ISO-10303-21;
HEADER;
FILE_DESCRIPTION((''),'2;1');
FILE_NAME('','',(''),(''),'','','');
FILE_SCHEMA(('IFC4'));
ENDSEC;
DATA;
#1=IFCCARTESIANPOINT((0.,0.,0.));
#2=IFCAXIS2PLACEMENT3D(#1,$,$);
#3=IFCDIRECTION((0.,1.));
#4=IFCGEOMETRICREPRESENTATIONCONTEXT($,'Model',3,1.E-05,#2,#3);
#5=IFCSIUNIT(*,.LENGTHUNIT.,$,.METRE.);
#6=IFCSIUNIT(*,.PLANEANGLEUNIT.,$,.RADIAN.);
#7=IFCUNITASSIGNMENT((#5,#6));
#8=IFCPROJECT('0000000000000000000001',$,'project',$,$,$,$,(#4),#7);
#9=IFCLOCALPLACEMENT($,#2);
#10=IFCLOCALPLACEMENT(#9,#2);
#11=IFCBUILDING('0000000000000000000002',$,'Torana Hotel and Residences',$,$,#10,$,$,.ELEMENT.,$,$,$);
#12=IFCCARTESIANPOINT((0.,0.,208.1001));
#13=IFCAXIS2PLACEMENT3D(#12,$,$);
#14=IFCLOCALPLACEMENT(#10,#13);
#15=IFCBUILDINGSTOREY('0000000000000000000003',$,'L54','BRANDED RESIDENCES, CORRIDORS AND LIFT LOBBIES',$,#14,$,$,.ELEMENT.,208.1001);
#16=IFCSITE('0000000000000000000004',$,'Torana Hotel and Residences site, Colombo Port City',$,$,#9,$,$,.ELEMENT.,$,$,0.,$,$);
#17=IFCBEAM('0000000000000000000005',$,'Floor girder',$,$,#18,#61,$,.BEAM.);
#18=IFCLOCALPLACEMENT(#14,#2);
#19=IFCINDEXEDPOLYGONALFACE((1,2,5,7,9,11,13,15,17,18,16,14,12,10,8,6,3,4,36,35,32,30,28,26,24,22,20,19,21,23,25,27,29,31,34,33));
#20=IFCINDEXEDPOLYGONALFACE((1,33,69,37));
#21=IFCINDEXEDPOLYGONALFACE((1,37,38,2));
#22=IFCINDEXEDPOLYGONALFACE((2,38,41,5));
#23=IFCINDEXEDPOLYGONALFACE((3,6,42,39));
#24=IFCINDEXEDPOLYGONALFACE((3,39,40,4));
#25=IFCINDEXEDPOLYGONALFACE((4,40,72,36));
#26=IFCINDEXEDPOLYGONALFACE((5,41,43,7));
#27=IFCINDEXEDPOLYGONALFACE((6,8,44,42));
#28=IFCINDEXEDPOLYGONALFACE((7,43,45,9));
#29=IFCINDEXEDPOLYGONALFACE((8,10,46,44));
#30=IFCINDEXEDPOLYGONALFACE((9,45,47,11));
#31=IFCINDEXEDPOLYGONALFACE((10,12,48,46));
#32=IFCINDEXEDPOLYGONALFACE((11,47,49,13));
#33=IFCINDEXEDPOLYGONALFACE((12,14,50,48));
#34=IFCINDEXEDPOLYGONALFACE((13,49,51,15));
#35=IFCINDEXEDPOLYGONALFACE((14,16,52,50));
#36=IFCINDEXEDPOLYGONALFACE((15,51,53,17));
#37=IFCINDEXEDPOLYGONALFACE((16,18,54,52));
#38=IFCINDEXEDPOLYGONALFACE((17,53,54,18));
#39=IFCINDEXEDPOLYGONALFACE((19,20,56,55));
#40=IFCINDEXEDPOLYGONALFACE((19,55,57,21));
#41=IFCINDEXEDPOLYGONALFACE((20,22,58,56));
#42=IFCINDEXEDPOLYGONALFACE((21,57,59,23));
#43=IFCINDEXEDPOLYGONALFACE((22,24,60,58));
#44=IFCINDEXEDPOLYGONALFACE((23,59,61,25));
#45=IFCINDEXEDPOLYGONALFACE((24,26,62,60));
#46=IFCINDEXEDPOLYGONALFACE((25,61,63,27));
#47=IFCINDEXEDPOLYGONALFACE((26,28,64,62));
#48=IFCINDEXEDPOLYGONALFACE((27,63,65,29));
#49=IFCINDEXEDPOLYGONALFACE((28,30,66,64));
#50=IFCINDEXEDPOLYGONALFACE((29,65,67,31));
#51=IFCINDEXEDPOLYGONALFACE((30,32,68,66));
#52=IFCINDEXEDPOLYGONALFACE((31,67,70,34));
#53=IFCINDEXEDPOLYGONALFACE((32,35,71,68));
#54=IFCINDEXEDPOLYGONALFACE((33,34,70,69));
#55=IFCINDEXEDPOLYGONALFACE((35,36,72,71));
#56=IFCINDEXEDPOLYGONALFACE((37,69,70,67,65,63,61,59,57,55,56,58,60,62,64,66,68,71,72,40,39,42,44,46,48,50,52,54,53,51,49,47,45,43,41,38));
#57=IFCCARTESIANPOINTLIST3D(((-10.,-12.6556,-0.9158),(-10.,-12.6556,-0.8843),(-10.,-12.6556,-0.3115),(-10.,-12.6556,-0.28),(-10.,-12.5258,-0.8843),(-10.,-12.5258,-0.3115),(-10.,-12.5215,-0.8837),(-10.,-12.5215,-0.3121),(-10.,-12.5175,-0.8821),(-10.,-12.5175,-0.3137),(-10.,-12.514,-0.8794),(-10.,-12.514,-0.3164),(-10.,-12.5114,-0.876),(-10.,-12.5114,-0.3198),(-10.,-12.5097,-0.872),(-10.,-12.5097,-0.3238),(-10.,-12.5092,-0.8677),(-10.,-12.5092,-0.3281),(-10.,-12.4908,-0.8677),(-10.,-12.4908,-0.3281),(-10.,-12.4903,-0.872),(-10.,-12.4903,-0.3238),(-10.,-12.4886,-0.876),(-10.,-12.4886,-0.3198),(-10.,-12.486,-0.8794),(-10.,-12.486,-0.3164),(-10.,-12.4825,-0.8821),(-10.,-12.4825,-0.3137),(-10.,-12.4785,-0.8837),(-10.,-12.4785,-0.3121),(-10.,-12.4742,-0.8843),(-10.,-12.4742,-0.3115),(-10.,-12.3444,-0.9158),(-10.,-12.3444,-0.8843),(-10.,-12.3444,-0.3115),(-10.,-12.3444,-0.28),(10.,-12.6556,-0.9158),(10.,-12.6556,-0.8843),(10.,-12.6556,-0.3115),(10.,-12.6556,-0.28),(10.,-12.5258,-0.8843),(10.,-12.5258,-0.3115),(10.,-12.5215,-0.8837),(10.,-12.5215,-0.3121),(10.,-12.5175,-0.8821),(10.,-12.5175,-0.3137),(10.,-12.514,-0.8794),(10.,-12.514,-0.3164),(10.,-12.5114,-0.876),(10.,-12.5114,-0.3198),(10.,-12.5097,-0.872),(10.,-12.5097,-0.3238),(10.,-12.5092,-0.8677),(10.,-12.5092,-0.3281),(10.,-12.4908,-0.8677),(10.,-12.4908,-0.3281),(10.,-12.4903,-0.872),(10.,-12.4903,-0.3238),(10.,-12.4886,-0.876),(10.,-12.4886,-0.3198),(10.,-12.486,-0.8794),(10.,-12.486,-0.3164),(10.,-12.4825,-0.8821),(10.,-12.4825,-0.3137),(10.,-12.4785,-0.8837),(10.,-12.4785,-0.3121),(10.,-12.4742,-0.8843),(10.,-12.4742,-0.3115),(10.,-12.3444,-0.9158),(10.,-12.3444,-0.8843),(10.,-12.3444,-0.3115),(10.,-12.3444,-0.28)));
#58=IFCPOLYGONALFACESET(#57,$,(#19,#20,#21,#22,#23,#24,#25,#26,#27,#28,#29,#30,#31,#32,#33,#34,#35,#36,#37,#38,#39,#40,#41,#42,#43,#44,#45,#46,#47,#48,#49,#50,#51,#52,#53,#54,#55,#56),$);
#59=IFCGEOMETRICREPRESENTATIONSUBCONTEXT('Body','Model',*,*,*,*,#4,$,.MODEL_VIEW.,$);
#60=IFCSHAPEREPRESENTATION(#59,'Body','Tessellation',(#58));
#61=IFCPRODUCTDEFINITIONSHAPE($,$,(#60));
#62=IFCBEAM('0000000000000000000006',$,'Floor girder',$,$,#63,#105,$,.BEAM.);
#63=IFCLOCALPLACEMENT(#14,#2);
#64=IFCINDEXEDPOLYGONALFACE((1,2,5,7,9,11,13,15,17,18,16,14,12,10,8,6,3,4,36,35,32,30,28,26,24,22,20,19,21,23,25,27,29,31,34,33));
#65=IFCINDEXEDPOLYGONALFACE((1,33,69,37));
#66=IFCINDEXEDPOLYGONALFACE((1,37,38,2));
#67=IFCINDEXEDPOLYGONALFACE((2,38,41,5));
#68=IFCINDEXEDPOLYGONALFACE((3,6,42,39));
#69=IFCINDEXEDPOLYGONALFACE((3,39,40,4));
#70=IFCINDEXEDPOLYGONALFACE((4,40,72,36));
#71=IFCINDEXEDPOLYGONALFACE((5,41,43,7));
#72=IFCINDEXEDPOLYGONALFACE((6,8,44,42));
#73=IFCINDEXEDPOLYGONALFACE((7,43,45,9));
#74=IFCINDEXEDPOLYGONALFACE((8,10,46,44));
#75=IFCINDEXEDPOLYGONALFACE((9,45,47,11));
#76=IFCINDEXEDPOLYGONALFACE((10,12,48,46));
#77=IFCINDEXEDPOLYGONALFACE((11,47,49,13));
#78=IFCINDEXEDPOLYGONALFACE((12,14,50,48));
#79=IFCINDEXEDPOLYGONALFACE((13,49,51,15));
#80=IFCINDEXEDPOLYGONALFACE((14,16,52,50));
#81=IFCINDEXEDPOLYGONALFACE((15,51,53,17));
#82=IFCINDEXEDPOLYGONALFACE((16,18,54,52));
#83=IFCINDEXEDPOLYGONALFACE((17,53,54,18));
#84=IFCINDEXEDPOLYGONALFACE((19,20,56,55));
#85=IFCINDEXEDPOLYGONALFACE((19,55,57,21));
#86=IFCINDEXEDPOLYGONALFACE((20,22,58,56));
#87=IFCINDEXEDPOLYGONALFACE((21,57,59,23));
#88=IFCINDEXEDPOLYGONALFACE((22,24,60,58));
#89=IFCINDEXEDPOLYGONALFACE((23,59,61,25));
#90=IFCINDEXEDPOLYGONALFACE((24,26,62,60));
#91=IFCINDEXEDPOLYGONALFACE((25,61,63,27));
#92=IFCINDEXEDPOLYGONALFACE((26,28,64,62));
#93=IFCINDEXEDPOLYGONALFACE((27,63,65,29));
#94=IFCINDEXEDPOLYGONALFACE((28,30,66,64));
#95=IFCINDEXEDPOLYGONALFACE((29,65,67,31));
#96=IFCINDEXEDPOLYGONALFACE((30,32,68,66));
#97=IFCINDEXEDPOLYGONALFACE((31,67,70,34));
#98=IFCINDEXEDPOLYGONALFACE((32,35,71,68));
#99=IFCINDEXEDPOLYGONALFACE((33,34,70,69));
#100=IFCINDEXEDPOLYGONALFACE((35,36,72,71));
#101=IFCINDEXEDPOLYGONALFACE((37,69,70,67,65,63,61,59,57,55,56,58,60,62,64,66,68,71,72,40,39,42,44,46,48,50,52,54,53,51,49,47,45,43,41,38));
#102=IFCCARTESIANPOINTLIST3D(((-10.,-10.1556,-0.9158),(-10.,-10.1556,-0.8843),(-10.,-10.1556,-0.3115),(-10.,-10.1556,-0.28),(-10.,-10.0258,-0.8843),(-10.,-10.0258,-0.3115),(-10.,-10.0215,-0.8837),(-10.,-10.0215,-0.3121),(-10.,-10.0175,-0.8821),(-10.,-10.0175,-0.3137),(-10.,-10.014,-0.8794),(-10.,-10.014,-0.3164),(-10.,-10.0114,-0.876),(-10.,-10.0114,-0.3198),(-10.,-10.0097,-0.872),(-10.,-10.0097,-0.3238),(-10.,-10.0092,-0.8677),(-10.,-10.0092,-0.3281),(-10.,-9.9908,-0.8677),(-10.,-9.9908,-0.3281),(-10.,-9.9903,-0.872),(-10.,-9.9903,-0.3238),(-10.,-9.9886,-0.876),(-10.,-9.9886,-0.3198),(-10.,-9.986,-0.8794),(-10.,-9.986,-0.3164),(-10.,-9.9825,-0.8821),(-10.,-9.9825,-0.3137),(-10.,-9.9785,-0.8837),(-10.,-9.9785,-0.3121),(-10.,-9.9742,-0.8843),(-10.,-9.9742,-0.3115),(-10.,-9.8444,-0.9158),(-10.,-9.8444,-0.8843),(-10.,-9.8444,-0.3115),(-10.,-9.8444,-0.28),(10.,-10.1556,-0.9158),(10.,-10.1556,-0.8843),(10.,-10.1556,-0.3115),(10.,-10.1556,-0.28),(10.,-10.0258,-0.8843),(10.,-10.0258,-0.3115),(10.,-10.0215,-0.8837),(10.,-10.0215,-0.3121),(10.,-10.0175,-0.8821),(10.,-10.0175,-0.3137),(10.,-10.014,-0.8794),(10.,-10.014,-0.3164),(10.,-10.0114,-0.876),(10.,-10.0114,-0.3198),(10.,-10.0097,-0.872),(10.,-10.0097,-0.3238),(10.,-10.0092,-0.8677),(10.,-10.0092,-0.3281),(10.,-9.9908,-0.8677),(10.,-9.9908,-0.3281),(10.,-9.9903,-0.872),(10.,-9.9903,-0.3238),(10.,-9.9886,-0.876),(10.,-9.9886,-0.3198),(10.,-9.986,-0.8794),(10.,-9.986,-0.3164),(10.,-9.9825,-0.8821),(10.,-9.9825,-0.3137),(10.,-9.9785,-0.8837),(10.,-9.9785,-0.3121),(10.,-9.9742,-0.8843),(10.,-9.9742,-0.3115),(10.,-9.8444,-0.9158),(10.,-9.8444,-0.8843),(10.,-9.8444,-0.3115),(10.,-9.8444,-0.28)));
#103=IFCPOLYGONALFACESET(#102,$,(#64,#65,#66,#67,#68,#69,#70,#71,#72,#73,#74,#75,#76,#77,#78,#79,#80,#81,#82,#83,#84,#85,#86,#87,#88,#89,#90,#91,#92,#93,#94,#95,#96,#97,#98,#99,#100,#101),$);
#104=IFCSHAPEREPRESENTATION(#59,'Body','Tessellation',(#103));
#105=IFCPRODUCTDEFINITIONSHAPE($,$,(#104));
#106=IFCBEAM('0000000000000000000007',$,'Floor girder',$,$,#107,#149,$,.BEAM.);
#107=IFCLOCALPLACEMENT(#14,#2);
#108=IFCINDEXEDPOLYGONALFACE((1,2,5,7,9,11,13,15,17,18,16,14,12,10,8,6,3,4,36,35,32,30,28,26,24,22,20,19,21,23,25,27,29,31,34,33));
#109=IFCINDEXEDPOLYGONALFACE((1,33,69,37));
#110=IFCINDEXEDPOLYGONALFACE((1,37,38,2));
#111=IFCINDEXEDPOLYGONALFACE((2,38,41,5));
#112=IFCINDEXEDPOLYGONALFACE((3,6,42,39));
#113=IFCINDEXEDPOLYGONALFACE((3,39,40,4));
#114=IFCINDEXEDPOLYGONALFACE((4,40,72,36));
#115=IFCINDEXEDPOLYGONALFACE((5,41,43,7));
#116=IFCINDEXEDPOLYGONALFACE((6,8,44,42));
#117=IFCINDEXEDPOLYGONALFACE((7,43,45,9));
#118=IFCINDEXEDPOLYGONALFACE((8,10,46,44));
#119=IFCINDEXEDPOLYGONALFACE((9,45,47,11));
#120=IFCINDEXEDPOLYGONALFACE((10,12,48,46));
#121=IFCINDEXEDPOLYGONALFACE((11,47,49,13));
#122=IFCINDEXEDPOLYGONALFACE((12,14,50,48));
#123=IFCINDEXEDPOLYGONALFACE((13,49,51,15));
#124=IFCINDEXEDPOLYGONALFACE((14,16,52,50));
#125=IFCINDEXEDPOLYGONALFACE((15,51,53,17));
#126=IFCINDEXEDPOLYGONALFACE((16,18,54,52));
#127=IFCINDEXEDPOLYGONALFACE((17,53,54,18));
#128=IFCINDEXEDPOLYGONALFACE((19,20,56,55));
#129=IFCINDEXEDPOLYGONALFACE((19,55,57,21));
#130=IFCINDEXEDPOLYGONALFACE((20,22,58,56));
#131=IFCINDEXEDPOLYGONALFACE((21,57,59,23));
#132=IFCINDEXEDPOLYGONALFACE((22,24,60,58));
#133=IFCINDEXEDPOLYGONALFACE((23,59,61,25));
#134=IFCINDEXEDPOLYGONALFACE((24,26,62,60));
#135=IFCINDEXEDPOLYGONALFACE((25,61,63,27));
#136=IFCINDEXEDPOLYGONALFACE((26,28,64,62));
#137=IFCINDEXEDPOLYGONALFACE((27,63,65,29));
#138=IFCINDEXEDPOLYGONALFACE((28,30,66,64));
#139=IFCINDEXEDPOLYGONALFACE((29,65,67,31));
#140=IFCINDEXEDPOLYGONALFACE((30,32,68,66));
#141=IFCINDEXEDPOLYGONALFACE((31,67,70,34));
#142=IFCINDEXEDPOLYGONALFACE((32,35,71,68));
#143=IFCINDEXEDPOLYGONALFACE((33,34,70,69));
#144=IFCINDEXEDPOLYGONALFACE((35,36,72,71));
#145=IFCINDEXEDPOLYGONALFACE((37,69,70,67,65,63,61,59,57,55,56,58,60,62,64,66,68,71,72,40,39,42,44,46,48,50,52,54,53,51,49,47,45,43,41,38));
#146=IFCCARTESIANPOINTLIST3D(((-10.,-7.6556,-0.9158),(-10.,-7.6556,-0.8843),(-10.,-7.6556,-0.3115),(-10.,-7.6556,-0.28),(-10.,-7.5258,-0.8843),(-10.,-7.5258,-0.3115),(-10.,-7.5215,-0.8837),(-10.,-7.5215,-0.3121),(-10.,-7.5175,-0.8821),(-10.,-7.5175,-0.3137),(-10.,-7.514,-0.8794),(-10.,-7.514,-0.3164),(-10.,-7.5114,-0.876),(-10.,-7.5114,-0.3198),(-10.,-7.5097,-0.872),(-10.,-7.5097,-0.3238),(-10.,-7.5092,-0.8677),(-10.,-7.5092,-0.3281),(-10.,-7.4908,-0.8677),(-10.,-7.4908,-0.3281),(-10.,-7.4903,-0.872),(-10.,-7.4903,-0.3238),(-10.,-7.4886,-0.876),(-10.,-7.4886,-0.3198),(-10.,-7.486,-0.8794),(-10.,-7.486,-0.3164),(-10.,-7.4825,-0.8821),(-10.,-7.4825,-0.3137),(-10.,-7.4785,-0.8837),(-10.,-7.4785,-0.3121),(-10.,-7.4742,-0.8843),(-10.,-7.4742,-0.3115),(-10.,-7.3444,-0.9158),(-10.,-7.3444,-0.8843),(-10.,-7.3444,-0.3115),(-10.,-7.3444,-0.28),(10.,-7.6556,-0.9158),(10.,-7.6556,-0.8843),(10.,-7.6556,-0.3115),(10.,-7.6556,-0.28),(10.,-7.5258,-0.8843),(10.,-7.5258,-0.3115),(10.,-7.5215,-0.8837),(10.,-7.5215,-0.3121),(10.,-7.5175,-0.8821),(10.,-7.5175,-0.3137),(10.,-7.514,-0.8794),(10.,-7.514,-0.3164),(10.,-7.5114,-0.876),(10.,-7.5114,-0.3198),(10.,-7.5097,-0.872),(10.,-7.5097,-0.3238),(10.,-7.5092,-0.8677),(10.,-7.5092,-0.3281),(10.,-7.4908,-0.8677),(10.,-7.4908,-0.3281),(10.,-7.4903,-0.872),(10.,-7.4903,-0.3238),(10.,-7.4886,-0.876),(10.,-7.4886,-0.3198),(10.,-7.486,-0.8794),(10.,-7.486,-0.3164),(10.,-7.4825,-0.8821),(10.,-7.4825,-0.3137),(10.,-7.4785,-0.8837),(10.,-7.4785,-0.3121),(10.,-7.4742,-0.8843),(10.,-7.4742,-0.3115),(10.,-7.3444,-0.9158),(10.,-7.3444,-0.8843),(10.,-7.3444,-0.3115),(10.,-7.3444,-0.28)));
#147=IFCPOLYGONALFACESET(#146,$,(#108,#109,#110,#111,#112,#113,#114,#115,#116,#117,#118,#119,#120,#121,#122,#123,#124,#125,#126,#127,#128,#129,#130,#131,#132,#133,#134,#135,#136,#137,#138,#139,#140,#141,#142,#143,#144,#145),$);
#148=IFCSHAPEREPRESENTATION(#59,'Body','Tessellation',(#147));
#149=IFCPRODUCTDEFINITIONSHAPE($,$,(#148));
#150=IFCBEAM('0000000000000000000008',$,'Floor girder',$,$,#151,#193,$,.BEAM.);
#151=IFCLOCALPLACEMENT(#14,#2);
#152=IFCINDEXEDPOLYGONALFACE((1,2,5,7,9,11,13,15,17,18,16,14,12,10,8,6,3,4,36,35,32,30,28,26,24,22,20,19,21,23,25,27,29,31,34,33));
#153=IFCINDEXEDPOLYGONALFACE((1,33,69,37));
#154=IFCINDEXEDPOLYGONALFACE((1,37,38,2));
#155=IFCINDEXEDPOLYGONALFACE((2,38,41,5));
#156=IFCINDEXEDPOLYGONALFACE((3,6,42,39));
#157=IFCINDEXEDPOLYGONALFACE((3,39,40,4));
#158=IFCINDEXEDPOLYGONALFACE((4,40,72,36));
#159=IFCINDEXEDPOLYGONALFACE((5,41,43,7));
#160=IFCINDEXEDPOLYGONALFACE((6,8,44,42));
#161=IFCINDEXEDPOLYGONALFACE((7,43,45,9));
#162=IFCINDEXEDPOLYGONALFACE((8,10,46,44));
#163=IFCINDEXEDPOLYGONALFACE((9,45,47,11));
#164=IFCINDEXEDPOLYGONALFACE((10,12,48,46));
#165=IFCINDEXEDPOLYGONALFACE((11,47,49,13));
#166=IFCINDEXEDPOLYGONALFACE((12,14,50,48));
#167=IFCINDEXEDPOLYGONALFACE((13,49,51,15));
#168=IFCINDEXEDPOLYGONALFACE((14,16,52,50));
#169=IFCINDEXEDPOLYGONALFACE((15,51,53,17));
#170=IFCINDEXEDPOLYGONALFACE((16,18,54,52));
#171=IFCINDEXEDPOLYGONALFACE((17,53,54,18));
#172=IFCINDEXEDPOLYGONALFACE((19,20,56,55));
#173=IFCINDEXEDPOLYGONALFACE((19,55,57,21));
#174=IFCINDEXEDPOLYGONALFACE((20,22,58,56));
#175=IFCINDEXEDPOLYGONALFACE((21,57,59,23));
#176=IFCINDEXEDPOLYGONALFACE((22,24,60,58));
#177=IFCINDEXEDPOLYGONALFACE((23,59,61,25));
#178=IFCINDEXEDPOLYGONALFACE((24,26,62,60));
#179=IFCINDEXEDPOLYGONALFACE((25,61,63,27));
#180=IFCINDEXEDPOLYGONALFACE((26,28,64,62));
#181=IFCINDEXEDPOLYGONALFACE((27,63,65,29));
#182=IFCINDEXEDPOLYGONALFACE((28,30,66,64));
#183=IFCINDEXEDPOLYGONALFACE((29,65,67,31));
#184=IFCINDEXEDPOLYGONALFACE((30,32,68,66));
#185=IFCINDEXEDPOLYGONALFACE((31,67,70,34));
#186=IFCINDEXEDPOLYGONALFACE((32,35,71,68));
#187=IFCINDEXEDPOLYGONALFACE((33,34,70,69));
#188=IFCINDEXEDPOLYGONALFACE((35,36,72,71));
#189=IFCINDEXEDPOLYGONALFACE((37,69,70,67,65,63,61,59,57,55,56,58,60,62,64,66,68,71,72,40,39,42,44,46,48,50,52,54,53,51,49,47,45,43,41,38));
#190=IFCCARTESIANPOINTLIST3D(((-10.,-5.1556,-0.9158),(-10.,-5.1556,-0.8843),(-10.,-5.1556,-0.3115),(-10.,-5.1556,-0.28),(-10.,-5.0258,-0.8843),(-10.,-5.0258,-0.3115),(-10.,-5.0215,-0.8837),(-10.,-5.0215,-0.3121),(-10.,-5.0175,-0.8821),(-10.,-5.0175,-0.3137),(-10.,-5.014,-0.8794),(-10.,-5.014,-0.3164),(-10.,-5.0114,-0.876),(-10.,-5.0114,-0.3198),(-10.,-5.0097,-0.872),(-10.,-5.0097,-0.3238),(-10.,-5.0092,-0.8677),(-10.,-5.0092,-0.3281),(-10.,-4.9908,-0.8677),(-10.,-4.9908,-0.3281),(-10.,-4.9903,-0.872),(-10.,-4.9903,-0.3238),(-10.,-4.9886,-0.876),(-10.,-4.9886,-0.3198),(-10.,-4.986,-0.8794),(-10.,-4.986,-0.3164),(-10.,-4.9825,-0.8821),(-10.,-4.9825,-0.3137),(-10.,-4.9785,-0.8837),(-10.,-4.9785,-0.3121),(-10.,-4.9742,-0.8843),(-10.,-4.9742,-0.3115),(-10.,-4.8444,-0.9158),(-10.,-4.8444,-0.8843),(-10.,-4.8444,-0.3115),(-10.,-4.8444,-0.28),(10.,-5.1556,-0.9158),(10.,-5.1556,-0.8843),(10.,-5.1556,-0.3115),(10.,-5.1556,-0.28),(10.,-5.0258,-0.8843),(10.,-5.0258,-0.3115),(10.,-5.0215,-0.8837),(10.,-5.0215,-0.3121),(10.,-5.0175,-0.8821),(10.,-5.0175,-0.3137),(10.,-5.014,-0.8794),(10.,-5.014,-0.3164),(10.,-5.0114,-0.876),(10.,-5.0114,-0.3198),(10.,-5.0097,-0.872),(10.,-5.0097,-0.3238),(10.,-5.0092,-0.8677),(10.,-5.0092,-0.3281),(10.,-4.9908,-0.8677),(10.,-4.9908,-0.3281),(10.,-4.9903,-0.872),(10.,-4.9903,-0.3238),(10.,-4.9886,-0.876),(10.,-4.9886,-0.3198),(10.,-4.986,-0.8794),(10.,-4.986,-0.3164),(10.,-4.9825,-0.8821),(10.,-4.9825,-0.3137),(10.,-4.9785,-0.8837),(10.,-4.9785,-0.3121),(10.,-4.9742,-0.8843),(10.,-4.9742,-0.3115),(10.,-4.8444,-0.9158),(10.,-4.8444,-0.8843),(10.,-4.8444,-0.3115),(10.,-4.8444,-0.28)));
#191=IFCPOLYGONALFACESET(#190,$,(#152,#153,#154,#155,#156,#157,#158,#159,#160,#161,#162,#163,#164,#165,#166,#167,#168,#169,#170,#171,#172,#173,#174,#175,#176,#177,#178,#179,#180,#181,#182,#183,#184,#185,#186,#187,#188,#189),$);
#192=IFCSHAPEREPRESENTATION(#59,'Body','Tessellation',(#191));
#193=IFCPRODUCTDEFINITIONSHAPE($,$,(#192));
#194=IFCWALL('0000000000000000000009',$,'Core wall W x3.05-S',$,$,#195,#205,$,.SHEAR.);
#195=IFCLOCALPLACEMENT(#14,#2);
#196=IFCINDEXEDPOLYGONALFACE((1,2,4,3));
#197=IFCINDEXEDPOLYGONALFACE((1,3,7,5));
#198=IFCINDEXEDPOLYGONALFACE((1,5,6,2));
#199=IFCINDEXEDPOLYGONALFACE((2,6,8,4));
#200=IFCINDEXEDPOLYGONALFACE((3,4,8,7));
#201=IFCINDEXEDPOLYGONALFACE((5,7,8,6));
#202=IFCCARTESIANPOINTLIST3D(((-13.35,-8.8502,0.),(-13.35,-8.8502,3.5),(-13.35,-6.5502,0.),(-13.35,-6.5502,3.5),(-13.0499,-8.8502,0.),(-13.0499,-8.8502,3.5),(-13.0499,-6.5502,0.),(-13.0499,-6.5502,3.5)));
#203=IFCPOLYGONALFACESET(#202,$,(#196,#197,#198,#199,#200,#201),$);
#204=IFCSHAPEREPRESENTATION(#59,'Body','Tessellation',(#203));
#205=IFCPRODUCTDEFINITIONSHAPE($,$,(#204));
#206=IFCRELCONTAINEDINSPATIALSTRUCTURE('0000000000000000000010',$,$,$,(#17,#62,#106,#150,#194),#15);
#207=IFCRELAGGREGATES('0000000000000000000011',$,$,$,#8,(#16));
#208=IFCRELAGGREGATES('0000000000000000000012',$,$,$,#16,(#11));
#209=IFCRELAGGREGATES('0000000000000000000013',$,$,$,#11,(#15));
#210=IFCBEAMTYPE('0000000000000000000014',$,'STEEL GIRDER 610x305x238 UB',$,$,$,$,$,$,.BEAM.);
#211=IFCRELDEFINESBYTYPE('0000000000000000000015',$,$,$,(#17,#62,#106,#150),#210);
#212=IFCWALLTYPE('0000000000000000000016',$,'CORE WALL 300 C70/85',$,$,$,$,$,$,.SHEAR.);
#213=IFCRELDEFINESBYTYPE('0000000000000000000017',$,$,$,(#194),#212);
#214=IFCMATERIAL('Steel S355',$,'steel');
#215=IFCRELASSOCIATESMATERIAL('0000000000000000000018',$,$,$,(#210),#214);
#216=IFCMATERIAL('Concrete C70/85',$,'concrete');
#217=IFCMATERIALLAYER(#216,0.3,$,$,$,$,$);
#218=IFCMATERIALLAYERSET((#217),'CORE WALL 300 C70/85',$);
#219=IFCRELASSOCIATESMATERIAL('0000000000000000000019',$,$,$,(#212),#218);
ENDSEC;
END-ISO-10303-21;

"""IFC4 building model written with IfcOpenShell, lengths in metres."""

from ifc_helpers import new_model, si_unit, direction, frame, frame_2d, origin, origin_2d, place, context, subcontext, project, spatial, rectangle, i_section, extrude, material, layer, layer_set, material_profile, profile_set, type_object, element, save


model = new_model("IFC4")

# Units and contexts
model_context = context("Model", 3, precision=1e-05, world=origin(), true_north=direction((0.0, 1.0)))
body_context = subcontext(model_context, "Body", "Model", "MODEL_VIEW")
ifc_project = project(units=[si_unit("LENGTHUNIT", "METRE"), si_unit("PLANEANGLEUNIT", "RADIAN")], contexts=[model_context])

# Site, building, storey
site_placement = place(None, origin())
site = spatial("IfcSite", under=ifc_project, at=site_placement, Name="Torana Hotel and Residences site, Colombo Port City", CompositionType="ELEMENT", RefElevation=0.0)
building_placement = place(site_placement, origin())
building = spatial("IfcBuilding", under=site, at=building_placement, Name="Torana Hotel and Residences", CompositionType="ELEMENT")
storey_placement = place(building_placement, frame((0.0, 0.0, 208.1001)))
storey = spatial("IfcBuildingStorey", under=building, at=storey_placement, Name="L54", Description="BRANDED RESIDENCES, CORRIDORS AND LIFT LOBBIES", CompositionType="ELEMENT", Elevation=208.1001)

# Beams
ifc_material_1 = material(Name="Steel S355", Category="steel")
ifc_material_profile = material_profile(ifc_material_1, i_section(OverallWidth=0.3113, OverallDepth=0.6357, WebThickness=0.0183, FlangeThickness=0.0315, FilletRadius=0.0166, at=origin_2d()), Name="610x305x238 UB")
ifc_profile_set = profile_set([ifc_material_profile], Name="Steel S355")
beam_type = type_object("IfcBeamType", Name="STEEL GIRDER 610x305x238 UB", PredefinedType="BEAM", material=ifc_profile_set)
for number, where, z_axis, x_axis, name in (
    (1, (-10.0, -12.5, -0.5979), (1.0, 0.0, 0.0), (0.0, 1.0, 0.0), "Floor girder"),
    (2, (-10.0, -10.0, -0.5979), (1.0, 0.0, 0.0), (0.0, 1.0, 0.0), "Floor girder"),
    (3, (-10.0, -7.5, -0.5979), (1.0, 0.0, 0.0), (0.0, 1.0, 0.0), "Floor girder"),
    (4, (-10.0, -5.0, -0.5979), (1.0, 0.0, 0.0), (0.0, 1.0, 0.0), "Floor girder"),
):
    element("IfcBeam", number, at=place(storey_placement, frame(where, z_axis=z_axis, x_axis=x_axis)), inside=storey, type_object=beam_type, Name=name, PredefinedType="BEAM", context=body_context, shape_type="SweptSolid", body=[
        extrude(i_section(OverallWidth=0.3113, OverallDepth=0.6357, WebThickness=0.0183, FlangeThickness=0.0315, FilletRadius=0.0166, at=origin_2d()), origin(), (0.0, 0.0, 1.0), 20.0),
    ])

# Wall
ifc_material_2 = material(Name="Concrete C70/85", Category="concrete")
ifc_layer_1 = layer(ifc_material_2, 0.3)
ifc_layer_set_1 = layer_set([ifc_layer_1], Name="CORE WALL 300 C70/85")
wall_type_1 = type_object("IfcWallType", Name="CORE WALL 300 C70/85", PredefinedType="SHEAR", material=ifc_layer_set_1)
wall_1_placement = place(storey_placement, frame((-13.2, -8.8501, 0.0), z_axis=(0.0, 0.0, 1.0), x_axis=(0.0, 1.0, 0.0)))
element("IfcWall", 5, at=wall_1_placement, inside=storey, type_object=wall_type_1, Name="Core wall W x3.05-S", PredefinedType="SHEAR", context=body_context, shape_type="SweptSolid", body=[
    extrude(rectangle(XDim=2.3, YDim=0.3, at=frame_2d((1.1499, 0.0))), origin(), (0.0, 0.0, 1.0), 3.5),
])

save(model, "model.ifc")
